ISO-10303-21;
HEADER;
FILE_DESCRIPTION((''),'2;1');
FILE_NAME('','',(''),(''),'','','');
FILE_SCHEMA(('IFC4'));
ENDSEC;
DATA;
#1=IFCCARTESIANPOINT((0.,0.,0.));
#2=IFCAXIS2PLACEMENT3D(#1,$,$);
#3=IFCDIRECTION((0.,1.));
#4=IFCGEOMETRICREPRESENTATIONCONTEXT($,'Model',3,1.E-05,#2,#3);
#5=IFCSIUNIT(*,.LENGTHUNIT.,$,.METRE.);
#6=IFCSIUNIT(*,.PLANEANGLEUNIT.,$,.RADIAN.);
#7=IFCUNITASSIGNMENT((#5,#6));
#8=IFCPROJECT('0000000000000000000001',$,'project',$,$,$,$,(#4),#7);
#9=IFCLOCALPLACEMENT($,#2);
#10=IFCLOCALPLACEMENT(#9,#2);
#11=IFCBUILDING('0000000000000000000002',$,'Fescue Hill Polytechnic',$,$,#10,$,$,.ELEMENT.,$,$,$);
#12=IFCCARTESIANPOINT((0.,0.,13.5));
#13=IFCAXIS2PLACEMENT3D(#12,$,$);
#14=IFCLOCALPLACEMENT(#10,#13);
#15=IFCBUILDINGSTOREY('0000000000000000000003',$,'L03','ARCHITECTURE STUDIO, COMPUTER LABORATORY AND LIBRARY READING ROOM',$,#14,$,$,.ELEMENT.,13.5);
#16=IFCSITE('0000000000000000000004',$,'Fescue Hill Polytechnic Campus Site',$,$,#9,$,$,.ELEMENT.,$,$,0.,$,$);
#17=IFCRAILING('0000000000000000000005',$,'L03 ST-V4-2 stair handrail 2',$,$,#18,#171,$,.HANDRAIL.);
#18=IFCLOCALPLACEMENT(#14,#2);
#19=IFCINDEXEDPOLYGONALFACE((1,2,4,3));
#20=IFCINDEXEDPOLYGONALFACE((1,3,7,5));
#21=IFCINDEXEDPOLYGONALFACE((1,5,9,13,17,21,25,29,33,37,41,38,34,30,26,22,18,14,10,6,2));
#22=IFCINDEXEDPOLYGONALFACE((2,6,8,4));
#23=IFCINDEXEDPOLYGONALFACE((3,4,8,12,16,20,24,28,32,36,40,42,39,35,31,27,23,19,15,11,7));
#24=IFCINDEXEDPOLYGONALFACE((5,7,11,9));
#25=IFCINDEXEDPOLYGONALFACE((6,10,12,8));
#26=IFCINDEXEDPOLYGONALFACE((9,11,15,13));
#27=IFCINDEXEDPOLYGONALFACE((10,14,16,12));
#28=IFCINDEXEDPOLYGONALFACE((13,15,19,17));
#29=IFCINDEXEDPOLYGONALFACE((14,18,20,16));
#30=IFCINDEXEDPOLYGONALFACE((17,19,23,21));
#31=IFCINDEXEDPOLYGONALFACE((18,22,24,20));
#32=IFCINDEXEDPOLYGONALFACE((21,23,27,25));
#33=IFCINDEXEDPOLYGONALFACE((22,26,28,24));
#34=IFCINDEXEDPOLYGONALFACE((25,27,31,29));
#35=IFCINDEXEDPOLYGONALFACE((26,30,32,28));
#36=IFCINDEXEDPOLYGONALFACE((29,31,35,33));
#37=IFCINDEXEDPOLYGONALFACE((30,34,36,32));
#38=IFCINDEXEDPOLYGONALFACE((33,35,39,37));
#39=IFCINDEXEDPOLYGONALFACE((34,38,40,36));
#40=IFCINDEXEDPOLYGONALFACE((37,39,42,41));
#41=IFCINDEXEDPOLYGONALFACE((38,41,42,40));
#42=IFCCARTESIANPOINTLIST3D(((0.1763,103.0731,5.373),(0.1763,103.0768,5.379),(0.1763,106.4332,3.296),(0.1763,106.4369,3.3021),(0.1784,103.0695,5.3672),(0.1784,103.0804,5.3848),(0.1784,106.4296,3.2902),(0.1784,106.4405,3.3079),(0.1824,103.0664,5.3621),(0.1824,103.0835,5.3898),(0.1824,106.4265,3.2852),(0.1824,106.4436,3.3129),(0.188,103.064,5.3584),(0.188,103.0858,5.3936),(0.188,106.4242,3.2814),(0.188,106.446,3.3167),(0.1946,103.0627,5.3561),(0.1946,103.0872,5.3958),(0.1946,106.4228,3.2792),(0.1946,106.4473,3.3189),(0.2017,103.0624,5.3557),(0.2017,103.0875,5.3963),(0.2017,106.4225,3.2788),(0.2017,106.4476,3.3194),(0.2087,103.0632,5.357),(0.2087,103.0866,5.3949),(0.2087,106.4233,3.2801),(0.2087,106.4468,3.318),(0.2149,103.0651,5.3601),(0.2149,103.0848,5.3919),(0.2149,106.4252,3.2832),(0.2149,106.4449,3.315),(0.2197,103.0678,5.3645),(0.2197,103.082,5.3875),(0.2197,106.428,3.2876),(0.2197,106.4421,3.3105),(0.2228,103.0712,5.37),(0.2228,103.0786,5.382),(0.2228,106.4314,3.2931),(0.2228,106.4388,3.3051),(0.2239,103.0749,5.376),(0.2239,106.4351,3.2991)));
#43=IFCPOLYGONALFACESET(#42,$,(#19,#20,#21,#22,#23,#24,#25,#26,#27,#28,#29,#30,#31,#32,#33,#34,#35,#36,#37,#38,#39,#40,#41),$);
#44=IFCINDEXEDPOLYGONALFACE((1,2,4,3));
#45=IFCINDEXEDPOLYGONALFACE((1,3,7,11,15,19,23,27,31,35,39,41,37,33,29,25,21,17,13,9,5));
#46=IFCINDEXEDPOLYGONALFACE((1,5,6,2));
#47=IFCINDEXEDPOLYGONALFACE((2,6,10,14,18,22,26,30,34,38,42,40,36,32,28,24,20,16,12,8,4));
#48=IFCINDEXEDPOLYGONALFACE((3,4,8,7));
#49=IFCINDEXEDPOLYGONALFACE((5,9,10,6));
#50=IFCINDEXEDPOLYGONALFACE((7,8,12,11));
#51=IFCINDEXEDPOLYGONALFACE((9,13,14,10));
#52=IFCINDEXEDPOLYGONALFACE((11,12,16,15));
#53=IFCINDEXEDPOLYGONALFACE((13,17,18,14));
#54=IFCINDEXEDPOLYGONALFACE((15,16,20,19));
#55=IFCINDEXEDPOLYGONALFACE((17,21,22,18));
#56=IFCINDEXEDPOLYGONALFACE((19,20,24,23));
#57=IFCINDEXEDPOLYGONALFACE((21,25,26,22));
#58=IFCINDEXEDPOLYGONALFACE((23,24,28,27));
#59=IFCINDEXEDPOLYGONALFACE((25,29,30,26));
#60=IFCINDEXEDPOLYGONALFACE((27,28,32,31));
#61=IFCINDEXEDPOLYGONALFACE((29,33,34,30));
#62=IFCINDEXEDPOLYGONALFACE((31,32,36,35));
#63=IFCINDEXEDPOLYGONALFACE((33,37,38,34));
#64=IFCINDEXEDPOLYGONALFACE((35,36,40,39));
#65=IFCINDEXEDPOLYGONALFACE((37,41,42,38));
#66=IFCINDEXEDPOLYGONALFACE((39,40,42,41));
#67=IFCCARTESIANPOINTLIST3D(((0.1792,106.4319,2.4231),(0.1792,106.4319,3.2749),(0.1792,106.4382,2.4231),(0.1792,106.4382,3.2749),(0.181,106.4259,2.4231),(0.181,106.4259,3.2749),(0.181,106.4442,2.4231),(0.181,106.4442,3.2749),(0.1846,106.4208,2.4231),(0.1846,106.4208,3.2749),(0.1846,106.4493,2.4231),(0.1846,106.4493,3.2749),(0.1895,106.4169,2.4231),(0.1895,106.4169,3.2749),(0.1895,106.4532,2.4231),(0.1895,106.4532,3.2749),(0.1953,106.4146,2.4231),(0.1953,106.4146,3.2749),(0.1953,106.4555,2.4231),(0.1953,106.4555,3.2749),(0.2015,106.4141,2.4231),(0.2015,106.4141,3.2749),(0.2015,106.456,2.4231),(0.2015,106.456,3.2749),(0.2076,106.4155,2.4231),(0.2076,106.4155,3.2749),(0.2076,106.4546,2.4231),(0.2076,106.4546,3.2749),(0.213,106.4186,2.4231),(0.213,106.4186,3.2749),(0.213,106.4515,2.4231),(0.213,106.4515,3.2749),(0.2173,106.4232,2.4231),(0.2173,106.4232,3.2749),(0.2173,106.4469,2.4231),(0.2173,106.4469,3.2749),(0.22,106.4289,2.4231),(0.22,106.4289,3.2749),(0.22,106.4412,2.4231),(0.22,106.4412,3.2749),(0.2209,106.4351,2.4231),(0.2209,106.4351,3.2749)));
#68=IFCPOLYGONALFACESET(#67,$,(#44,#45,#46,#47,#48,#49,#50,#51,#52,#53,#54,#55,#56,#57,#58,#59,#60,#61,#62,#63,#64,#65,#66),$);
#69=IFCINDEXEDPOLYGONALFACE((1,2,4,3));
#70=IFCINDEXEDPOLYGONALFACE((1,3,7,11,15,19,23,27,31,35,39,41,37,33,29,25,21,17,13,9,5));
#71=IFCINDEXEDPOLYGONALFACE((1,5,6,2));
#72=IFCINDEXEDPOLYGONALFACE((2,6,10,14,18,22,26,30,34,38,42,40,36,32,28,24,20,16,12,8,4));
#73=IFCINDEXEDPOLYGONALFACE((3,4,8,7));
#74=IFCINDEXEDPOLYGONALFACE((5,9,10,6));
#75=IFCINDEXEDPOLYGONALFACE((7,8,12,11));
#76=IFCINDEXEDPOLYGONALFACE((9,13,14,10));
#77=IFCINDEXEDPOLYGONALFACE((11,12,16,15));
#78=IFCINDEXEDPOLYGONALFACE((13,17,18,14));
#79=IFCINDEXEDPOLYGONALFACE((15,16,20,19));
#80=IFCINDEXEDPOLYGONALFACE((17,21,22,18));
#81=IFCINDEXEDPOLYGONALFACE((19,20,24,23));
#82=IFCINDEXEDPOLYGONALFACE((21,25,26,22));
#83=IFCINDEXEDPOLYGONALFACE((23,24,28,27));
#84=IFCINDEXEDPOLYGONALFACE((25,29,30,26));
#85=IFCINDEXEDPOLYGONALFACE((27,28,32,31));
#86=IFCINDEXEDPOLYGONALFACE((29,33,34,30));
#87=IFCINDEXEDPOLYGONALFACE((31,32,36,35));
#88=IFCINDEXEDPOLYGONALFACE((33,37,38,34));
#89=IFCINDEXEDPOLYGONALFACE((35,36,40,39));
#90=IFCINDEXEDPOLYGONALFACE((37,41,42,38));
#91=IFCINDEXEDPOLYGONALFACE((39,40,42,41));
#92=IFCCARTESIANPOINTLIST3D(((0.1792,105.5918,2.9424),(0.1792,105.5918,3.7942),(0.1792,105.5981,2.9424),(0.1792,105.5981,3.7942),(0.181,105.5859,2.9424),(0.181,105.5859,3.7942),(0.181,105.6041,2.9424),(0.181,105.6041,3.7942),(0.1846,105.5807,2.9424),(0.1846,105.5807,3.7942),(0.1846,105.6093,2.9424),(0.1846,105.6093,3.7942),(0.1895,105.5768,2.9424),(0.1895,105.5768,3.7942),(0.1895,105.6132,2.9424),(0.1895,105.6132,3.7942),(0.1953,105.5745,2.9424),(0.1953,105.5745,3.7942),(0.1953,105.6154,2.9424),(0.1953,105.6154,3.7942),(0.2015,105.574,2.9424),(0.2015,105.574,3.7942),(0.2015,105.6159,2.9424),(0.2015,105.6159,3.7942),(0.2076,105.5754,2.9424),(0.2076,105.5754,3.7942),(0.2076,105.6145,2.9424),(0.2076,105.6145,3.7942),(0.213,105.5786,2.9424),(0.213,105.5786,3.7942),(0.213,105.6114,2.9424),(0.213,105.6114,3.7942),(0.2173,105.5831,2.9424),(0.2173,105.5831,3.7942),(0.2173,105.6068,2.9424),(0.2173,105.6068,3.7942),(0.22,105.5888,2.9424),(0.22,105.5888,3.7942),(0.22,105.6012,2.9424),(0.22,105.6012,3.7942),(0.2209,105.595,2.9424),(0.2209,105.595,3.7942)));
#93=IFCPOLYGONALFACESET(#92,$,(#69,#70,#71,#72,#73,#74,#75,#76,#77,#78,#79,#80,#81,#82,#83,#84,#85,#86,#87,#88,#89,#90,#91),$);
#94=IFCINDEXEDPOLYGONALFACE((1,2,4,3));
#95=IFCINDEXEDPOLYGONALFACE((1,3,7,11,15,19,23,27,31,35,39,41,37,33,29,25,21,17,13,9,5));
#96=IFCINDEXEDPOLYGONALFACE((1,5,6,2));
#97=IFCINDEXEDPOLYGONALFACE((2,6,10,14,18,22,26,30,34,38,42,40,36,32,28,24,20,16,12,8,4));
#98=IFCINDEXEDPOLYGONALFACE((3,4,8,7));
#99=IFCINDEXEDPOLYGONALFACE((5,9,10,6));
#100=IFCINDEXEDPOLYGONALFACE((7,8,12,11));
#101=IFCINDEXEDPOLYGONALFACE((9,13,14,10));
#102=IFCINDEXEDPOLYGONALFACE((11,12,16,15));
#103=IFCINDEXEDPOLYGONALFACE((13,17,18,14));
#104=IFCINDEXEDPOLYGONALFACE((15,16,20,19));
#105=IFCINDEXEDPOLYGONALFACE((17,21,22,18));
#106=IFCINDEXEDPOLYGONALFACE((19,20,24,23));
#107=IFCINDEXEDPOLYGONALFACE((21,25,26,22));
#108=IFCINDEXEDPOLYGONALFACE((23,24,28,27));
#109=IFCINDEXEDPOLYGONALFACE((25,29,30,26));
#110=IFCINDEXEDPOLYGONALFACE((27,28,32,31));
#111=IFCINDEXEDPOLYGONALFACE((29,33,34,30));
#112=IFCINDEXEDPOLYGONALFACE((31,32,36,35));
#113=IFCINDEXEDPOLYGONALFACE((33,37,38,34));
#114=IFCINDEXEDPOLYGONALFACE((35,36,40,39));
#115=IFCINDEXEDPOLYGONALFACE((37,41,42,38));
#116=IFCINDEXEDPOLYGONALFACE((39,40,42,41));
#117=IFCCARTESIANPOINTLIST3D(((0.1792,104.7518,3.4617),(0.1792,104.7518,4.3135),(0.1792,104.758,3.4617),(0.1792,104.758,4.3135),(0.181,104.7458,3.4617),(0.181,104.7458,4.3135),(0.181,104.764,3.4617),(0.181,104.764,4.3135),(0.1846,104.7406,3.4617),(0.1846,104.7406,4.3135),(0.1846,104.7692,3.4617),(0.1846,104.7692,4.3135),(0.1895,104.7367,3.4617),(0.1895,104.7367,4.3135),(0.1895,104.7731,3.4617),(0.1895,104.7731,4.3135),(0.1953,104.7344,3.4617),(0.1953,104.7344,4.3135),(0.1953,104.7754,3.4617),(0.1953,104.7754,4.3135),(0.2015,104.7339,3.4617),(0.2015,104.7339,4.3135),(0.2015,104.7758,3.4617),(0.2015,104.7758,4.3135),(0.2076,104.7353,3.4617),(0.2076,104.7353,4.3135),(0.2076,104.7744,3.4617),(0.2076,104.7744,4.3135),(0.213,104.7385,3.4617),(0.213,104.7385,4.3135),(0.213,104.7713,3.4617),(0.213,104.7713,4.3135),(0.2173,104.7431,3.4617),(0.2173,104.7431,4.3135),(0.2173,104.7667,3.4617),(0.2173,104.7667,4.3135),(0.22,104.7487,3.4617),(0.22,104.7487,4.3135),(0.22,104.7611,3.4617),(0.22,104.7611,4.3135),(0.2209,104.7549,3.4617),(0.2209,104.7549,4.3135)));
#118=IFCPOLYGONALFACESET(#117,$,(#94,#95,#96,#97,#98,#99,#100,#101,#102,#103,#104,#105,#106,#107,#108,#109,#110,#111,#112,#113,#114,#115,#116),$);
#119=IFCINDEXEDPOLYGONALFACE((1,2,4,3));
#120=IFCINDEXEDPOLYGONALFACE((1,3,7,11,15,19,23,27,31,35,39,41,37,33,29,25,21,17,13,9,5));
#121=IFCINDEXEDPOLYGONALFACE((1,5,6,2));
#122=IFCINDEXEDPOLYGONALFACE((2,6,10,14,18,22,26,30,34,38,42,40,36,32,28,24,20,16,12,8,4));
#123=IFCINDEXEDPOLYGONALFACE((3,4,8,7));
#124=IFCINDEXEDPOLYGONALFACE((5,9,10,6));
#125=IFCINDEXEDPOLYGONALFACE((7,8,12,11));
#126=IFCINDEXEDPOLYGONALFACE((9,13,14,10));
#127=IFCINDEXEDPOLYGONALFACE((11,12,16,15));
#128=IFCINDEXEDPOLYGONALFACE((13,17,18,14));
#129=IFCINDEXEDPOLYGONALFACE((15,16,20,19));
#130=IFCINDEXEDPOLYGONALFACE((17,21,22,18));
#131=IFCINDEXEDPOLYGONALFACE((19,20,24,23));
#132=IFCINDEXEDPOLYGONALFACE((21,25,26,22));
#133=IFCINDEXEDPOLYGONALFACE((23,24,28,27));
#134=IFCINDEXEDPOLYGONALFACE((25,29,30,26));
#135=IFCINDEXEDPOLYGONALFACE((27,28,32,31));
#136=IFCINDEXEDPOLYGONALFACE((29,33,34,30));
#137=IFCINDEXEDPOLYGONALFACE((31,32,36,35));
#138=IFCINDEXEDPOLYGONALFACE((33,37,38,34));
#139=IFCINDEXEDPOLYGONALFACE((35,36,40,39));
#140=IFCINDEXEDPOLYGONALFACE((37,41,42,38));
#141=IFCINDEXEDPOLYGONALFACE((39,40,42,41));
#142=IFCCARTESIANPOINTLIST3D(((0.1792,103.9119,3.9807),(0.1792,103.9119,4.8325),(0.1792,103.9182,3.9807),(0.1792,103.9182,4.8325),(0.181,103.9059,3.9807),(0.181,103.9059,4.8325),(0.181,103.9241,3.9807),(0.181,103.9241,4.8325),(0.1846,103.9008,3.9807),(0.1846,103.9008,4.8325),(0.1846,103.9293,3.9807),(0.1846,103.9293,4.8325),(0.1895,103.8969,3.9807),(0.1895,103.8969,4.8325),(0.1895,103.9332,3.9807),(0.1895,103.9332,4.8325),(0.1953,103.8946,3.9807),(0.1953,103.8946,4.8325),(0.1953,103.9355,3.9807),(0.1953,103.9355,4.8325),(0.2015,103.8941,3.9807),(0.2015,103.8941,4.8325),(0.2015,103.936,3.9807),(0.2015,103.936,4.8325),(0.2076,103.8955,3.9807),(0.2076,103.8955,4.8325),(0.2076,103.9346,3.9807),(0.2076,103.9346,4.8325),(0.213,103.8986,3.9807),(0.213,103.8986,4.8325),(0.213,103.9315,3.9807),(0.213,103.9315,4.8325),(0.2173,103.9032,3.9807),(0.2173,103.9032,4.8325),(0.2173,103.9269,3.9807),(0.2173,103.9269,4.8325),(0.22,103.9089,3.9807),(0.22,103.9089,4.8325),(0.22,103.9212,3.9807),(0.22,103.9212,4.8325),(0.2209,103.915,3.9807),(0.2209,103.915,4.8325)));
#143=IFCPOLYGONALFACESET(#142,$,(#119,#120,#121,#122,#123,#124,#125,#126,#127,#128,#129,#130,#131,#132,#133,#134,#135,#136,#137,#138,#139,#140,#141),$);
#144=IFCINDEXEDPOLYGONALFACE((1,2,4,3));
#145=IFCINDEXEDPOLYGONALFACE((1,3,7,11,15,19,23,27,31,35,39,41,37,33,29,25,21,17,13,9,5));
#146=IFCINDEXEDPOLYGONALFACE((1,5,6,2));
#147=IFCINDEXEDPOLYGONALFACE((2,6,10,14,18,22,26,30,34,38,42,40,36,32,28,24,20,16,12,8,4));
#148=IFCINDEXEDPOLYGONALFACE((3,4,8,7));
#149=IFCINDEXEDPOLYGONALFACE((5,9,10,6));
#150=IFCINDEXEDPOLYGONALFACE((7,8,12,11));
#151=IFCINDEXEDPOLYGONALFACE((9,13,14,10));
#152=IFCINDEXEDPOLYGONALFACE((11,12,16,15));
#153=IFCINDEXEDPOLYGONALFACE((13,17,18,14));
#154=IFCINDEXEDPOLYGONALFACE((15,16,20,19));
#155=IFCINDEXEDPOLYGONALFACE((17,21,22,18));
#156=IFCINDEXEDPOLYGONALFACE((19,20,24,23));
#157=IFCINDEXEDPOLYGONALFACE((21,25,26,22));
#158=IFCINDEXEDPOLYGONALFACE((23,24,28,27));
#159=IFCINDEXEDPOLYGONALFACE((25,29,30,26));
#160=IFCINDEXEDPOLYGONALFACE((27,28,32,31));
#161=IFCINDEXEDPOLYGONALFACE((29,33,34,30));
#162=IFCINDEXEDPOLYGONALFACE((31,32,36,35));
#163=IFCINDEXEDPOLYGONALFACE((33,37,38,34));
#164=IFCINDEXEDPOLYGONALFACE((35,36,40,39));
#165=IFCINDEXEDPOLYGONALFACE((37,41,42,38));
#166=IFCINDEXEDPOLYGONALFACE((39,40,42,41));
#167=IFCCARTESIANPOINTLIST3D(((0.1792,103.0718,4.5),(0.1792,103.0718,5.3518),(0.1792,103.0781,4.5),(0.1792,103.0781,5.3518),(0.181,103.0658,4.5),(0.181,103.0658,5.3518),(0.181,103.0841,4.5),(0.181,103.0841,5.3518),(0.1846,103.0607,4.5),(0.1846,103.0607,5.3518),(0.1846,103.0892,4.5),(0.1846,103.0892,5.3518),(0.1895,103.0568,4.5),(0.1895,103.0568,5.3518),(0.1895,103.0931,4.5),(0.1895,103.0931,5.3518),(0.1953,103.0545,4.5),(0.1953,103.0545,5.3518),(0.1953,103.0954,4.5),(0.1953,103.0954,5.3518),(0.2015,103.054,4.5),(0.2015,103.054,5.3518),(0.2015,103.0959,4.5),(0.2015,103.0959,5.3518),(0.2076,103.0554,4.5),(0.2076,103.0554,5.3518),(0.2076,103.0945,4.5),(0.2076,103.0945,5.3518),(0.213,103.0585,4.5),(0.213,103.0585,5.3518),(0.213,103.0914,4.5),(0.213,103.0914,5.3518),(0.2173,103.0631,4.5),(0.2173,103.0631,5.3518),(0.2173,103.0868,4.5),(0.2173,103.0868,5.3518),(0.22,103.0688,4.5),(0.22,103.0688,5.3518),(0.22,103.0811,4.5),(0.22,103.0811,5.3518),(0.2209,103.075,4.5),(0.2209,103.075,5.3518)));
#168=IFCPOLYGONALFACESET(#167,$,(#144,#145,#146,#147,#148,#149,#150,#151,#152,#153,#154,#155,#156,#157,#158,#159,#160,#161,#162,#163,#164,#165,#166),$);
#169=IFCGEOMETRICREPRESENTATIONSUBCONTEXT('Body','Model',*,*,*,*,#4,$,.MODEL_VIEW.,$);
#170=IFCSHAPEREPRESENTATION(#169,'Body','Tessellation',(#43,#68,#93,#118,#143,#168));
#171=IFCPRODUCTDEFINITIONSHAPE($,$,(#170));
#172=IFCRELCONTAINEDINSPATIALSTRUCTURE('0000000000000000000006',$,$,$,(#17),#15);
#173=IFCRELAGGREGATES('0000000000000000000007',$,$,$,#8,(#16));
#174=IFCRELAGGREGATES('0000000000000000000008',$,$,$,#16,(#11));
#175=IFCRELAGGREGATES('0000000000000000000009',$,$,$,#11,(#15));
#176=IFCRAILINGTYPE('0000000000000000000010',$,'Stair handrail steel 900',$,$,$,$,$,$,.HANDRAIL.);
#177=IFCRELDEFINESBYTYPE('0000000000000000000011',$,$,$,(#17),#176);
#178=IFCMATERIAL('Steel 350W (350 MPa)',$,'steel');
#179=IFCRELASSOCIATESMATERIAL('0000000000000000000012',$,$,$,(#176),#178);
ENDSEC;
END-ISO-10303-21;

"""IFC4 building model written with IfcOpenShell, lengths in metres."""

from ifc_helpers import new_model, si_unit, direction, frame, origin, origin_2d, place, context, subcontext, project, spatial, circle, extrude, material, type_object, element, save


model = new_model("IFC4")

# Units and contexts
model_context = context("Model", 3, precision=1e-05, world=origin(), true_north=direction((0.0, 1.0)))
body_context = subcontext(model_context, "Body", "Model", "MODEL_VIEW")
ifc_project = project(units=[si_unit("LENGTHUNIT", "METRE"), si_unit("PLANEANGLEUNIT", "RADIAN")], contexts=[model_context])

# Site, building, storey
site_placement = place(None, origin())
site = spatial("IfcSite", under=ifc_project, at=site_placement, Name="Fescue Hill Polytechnic Campus Site", CompositionType="ELEMENT", RefElevation=0.0)
building_placement = place(site_placement, origin())
building = spatial("IfcBuilding", under=site, at=building_placement, Name="Fescue Hill Polytechnic", CompositionType="ELEMENT")
storey_placement = place(building_placement, frame((0.0, 0.0, 13.5)))
storey = spatial("IfcBuildingStorey", under=building, at=storey_placement, Name="L03", Description="ARCHITECTURE STUDIO, COMPUTER LABORATORY AND LIBRARY READING ROOM", CompositionType="ELEMENT", Elevation=13.5)

# Railing
ifc_material_1 = material(Name="Steel 350W (350 MPa)", Category="steel")
railing_type_1 = type_object("IfcRailingType", Name="Stair handrail steel 900", PredefinedType="HANDRAIL", material=ifc_material_1)
for number, where, name in (
    (1, (0.2, 106.4351, 2.4231), "L03 ST-V4-2 stair handrail 2"),
):
    element("IfcRailing", number, at=place(storey_placement, frame(where)), inside=storey, type_object=railing_type_1, Name=name, PredefinedType="HANDRAIL", context=body_context, shape_type="SweptSolid", body=[
        extrude(circle(Radius=0.0239, at=origin_2d()), frame((0.0, 0.0, 0.876), z_axis=(0.0, -0.850623, 0.525776), x_axis=(1.0, 0.0, 0.0)), (0.0, 0.0, 1.0), 3.9502),
        extrude(circle(Radius=0.021, at=origin_2d()), origin(), (0.0, 0.0, 1.0), 0.8518),
        extrude(circle(Radius=0.021, at=origin_2d()), frame((0.0, -0.8401, 0.5193)), (0.0, 0.0, 1.0), 0.8518),
        extrude(circle(Radius=0.021, at=origin_2d()), frame((0.0, -1.6802, 1.0386)), (0.0, 0.0, 1.0), 0.8518),
        extrude(circle(Radius=0.021, at=origin_2d()), frame((0.0, -2.52, 1.5576)), (0.0, 0.0, 1.0), 0.8518),
        extrude(circle(Radius=0.021, at=origin_2d()), frame((0.0, -3.3601, 2.0769)), (0.0, 0.0, 1.0), 0.8518),
    ])

save(model, "model.ifc")
